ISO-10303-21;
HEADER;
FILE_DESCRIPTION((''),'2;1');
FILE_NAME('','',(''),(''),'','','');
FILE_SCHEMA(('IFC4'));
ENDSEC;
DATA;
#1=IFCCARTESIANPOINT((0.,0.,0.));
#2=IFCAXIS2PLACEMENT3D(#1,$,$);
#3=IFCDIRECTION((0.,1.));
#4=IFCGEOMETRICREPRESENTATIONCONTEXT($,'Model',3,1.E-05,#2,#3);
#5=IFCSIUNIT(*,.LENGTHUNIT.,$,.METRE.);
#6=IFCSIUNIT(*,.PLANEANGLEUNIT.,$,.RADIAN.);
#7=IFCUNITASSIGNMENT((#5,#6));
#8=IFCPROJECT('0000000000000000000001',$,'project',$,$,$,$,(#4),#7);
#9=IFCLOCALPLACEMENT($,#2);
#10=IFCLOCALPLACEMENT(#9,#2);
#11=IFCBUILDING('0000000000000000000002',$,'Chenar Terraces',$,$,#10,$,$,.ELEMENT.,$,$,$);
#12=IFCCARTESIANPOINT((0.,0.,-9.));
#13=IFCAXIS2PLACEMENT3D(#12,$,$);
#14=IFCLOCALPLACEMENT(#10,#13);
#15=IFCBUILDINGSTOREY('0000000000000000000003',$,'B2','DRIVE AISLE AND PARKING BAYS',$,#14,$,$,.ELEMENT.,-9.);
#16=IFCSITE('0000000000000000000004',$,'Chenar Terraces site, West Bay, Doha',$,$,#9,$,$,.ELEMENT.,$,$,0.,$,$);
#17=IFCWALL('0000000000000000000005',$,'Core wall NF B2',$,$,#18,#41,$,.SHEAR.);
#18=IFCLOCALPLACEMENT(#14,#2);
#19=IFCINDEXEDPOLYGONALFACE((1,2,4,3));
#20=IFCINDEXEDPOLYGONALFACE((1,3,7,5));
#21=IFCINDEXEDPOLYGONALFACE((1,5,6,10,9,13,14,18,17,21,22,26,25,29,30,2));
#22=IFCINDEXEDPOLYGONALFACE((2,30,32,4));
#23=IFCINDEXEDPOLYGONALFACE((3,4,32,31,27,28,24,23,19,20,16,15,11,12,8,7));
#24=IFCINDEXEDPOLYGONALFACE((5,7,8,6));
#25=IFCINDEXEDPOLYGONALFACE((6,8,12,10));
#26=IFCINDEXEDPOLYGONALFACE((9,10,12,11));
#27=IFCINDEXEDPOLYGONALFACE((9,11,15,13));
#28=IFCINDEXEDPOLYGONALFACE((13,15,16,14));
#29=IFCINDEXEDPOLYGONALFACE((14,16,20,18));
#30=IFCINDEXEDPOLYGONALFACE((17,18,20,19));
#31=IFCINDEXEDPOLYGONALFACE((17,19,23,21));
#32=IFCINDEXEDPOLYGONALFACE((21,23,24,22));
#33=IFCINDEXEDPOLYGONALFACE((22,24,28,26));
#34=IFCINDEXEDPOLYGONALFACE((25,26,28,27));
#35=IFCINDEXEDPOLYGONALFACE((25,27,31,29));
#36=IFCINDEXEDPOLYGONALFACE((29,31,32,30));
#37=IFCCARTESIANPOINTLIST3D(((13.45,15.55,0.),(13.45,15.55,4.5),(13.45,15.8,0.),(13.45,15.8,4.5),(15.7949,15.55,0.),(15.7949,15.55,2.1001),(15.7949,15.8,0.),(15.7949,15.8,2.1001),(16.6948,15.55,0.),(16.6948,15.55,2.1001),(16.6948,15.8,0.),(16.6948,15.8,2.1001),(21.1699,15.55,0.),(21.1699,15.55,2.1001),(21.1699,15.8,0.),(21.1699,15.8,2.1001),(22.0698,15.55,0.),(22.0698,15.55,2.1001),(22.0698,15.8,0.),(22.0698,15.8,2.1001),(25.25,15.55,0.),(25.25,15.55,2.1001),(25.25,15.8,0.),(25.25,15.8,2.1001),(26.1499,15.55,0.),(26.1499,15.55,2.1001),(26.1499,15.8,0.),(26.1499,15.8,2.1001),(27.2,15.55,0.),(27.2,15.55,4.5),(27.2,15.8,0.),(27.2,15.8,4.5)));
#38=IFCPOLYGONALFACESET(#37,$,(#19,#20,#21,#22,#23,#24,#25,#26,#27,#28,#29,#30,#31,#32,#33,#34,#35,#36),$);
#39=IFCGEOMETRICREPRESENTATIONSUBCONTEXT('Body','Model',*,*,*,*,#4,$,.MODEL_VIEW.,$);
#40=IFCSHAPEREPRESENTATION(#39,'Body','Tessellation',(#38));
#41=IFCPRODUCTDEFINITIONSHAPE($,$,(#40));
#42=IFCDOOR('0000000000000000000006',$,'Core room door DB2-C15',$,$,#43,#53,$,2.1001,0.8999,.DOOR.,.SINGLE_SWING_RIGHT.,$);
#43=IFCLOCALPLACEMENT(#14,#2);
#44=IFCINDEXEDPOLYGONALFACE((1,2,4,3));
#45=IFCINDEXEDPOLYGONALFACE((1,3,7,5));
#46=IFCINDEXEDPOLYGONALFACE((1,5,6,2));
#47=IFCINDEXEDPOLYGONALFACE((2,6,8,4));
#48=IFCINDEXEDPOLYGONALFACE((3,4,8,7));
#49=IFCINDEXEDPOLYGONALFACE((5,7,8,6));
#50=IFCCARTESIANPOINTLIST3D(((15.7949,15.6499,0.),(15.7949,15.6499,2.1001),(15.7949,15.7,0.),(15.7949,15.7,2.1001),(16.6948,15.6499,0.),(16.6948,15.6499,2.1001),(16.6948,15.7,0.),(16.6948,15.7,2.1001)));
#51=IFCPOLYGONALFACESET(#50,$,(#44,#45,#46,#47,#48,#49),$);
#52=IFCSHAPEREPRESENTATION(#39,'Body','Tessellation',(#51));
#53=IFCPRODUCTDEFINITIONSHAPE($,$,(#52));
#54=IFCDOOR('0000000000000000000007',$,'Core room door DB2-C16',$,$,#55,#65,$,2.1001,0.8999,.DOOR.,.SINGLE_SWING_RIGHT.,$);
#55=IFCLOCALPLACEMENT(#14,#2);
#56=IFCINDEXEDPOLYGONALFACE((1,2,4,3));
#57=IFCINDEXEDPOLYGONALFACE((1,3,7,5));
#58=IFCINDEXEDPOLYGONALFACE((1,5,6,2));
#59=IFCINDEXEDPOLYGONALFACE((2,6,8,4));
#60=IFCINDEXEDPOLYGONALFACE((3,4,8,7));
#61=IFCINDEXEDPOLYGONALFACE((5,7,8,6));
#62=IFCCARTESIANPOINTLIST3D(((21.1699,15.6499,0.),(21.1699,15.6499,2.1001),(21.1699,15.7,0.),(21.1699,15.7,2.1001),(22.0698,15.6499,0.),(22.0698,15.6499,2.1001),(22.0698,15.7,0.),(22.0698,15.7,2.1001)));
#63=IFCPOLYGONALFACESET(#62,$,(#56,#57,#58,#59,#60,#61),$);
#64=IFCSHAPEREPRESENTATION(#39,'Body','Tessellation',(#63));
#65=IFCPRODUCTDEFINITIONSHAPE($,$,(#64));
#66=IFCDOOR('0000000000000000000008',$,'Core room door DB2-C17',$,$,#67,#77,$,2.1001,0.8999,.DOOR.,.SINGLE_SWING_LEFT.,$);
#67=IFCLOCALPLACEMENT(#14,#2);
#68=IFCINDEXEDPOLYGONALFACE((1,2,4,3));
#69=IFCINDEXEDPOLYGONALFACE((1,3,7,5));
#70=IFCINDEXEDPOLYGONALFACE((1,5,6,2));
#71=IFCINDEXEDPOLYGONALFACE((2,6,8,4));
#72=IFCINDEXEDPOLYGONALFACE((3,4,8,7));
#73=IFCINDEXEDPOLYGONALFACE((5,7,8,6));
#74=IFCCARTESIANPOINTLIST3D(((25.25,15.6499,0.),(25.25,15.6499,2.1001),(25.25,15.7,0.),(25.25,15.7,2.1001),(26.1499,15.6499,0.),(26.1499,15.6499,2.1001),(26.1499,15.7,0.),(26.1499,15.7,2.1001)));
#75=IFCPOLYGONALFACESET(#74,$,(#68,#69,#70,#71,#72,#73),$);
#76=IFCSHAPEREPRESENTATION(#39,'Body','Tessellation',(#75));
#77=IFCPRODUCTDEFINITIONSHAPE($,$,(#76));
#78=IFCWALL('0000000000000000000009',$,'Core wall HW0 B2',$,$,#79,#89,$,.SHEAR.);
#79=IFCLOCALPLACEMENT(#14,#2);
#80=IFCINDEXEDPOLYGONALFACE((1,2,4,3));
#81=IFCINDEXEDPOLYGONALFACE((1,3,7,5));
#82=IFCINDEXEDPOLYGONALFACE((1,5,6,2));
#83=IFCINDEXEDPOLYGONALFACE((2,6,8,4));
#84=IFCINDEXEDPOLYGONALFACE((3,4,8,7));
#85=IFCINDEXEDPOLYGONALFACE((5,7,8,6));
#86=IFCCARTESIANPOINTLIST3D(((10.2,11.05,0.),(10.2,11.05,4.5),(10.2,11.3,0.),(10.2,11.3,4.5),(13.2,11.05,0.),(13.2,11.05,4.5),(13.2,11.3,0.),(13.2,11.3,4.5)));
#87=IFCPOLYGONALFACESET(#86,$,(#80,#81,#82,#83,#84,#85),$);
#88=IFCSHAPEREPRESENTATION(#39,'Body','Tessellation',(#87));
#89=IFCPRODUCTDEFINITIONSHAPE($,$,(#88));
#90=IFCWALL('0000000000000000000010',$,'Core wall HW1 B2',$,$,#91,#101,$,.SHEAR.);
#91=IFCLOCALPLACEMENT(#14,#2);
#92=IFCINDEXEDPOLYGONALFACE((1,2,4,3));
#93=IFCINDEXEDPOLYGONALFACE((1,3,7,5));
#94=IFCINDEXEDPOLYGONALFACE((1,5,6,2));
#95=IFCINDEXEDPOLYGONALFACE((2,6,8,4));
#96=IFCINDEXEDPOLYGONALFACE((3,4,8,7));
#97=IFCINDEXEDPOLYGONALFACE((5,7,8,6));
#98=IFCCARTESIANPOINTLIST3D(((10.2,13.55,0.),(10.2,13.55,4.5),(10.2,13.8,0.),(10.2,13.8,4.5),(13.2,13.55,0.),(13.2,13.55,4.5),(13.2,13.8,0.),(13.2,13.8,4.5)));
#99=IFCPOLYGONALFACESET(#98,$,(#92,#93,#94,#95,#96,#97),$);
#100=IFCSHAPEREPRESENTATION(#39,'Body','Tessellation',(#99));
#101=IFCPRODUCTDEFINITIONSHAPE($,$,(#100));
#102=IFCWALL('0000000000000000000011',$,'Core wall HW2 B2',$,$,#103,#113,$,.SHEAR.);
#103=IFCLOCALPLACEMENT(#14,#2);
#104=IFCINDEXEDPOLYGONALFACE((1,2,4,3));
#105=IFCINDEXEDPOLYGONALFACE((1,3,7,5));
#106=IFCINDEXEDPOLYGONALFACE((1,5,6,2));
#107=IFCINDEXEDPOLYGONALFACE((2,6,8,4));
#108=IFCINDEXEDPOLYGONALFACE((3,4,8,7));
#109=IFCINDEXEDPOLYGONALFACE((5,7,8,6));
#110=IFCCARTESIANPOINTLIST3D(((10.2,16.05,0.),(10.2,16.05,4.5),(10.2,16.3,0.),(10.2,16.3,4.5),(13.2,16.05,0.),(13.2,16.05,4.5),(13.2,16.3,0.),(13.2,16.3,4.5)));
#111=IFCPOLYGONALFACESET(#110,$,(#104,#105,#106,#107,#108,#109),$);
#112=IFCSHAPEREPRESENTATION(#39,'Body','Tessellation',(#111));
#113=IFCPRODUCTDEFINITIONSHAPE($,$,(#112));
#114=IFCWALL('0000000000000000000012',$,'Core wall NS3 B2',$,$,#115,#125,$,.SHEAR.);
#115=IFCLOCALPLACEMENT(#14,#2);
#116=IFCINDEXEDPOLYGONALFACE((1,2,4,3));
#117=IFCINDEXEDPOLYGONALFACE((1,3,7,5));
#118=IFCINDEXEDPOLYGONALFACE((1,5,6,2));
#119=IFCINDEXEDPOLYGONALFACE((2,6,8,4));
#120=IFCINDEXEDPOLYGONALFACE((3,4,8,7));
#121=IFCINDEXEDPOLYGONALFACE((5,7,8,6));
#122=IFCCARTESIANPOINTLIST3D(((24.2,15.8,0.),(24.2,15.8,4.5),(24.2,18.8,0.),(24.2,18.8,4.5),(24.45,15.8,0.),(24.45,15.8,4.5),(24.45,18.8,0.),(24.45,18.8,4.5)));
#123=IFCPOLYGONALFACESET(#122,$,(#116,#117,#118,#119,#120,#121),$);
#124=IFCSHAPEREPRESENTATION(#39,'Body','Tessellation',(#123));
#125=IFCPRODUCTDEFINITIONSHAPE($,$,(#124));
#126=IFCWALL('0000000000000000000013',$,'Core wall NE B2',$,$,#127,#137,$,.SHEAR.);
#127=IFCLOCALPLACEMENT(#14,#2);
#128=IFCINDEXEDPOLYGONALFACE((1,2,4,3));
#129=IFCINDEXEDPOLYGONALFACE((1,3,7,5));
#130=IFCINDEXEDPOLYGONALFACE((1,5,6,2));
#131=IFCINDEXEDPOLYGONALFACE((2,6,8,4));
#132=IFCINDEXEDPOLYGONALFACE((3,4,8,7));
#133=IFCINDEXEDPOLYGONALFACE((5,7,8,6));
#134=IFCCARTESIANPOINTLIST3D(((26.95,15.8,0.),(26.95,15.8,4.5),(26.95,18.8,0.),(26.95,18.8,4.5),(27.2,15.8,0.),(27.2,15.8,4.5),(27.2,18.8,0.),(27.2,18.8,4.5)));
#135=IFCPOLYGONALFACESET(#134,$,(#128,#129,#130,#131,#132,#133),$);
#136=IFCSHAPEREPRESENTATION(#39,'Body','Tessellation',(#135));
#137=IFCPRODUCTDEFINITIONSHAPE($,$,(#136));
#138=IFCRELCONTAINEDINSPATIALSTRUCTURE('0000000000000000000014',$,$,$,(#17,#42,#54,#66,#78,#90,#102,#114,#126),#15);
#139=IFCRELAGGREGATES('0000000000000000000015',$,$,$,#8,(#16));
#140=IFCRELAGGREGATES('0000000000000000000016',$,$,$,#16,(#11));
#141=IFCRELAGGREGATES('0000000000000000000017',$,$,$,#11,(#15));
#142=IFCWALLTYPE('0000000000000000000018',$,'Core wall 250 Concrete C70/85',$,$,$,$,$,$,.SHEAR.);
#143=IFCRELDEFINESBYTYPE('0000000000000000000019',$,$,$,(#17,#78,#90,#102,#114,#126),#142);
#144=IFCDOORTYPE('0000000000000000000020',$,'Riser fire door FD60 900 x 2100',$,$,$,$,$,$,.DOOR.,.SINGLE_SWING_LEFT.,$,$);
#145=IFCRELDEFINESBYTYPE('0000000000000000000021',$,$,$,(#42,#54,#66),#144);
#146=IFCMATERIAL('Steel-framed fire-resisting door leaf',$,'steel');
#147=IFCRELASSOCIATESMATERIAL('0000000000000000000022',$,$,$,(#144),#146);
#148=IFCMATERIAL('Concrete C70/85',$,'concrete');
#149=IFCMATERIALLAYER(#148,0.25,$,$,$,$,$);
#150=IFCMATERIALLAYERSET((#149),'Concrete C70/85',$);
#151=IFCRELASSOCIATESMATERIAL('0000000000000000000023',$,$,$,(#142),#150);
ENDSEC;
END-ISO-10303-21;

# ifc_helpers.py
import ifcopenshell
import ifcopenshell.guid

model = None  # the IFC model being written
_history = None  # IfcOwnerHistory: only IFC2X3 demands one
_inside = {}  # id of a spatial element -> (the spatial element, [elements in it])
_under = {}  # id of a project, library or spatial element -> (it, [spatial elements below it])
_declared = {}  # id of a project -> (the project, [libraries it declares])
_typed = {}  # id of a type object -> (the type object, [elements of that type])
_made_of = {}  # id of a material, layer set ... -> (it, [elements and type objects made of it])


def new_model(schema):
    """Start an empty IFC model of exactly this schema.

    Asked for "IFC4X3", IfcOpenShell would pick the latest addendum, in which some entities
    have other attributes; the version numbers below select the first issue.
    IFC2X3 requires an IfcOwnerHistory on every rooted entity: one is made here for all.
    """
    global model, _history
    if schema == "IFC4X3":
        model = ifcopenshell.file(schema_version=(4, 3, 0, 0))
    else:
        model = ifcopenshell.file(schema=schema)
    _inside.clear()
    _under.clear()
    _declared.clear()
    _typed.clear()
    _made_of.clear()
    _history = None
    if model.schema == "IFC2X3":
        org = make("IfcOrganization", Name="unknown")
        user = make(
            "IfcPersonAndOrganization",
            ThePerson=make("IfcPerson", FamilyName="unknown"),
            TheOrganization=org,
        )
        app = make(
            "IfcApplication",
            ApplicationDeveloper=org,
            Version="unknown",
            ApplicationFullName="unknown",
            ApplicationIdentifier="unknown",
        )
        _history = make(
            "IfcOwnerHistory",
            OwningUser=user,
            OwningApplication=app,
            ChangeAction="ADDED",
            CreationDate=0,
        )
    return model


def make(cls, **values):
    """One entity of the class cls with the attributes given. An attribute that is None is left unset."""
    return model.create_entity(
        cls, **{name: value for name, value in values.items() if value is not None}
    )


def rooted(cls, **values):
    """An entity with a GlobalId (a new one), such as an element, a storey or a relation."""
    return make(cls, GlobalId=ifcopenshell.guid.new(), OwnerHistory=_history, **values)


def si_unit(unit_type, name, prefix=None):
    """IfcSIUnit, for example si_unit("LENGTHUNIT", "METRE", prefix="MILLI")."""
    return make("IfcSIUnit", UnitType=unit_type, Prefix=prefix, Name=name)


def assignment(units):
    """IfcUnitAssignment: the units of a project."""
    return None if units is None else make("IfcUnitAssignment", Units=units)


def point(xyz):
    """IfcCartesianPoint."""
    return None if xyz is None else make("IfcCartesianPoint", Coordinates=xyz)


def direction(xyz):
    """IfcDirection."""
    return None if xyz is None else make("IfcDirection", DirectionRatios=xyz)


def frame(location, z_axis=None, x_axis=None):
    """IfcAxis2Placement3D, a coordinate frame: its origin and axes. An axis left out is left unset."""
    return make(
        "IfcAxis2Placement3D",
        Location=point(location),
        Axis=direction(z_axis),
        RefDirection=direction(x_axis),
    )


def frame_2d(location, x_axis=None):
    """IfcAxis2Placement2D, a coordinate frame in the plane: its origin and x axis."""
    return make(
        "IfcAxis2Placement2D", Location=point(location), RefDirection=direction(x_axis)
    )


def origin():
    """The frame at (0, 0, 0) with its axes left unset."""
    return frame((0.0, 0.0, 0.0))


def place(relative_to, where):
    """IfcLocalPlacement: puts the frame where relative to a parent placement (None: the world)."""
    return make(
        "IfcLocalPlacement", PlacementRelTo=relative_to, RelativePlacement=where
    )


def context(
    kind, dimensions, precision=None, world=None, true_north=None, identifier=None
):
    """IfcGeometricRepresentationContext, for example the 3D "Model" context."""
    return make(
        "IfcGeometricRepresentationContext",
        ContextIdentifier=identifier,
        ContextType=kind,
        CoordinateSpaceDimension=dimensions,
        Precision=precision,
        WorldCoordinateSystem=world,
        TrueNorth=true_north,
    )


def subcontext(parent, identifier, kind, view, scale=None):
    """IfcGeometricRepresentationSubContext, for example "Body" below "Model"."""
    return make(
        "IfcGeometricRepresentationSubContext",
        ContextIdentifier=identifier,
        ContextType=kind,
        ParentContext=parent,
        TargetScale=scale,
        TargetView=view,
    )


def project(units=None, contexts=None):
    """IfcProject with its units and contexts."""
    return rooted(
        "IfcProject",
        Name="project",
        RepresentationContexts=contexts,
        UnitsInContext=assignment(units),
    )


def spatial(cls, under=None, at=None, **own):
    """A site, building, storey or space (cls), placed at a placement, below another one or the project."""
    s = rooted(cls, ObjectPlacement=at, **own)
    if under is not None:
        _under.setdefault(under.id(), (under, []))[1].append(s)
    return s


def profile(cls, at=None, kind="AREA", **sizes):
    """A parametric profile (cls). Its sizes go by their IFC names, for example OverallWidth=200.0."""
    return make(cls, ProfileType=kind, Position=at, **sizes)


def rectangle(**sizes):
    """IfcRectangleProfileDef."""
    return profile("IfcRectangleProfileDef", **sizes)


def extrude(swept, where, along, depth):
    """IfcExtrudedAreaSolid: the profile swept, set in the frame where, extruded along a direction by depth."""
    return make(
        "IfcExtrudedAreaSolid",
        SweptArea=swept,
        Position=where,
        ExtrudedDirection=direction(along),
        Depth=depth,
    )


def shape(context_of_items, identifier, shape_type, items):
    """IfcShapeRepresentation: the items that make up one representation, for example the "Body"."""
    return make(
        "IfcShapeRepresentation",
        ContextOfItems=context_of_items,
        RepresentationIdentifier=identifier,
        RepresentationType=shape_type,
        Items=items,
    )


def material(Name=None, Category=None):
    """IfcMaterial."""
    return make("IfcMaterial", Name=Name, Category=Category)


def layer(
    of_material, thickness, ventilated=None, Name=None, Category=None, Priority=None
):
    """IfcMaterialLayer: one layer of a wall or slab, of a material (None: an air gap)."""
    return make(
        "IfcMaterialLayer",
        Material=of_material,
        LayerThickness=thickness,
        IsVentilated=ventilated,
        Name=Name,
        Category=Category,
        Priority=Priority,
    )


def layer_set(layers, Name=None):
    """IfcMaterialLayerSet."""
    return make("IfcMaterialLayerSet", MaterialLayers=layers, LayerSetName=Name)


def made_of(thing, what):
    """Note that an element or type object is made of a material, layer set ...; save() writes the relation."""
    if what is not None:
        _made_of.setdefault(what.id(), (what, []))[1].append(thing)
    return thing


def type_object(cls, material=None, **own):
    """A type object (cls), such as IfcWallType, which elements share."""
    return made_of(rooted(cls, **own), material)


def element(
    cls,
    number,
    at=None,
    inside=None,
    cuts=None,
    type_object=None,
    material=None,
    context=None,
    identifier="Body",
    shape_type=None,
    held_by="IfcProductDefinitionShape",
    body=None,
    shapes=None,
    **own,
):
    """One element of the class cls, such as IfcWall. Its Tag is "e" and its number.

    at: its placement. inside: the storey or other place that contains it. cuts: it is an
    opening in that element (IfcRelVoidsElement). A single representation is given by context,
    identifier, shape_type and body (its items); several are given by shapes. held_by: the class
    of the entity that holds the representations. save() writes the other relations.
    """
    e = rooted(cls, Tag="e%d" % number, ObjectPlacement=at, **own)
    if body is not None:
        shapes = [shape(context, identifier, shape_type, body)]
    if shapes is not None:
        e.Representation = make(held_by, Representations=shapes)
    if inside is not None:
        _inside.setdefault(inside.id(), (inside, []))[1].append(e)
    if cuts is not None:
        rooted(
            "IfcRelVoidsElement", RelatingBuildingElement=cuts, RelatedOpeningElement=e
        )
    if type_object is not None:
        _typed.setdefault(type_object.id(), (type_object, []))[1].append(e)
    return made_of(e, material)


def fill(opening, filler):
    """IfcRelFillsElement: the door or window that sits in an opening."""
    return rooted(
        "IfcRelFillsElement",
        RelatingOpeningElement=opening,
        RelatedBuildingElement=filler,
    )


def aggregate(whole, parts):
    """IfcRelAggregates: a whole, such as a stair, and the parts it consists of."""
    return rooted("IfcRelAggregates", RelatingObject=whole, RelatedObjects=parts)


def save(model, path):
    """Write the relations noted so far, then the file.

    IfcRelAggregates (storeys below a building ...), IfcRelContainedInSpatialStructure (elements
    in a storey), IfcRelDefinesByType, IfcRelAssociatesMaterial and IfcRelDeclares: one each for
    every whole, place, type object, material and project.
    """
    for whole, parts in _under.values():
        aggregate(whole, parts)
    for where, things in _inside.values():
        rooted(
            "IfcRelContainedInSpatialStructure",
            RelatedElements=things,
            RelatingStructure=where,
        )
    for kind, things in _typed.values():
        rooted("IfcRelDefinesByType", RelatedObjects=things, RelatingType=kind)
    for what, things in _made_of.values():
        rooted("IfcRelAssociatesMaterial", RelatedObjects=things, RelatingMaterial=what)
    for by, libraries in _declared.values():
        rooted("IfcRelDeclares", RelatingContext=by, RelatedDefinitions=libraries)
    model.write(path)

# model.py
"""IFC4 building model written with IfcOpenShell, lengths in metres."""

from ifc_helpers import new_model, si_unit, direction, frame, frame_2d, origin, place, context, subcontext, project, spatial, rectangle, extrude, material, layer, layer_set, type_object, element, fill, save


model = new_model("IFC4")

# Units and contexts
model_context = context("Model", 3, precision=1e-05, world=origin(), true_north=direction((0.0, 1.0)))
body_context = subcontext(model_context, "Body", "Model", "MODEL_VIEW")
ifc_project = project(units=[si_unit("LENGTHUNIT", "METRE"), si_unit("PLANEANGLEUNIT", "RADIAN")], contexts=[model_context])

# Site, building, storey
site_placement = place(None, origin())
site = spatial("IfcSite", under=ifc_project, at=site_placement, Name="Chenar Terraces site, West Bay, Doha", CompositionType="ELEMENT", RefElevation=0.0)
building_placement = place(site_placement, origin())
building = spatial("IfcBuilding", under=site, at=building_placement, Name="Chenar Terraces", CompositionType="ELEMENT")
storey_placement = place(building_placement, frame((0.0, 0.0, -9.0)))
storey = spatial("IfcBuildingStorey", under=building, at=storey_placement, Name="B2", Description="DRIVE AISLE AND PARKING BAYS", CompositionType="ELEMENT", Elevation=-9.0)

# Shared definitions
ifc_material_1 = material(Name="Steel-framed fire-resisting door leaf", Category="steel")
door_type_1 = type_object("IfcDoorType", Name="Riser fire door FD60 900 x 2100", OperationType="SINGLE_SWING_LEFT", PredefinedType="DOOR", material=ifc_material_1)

# Wall, openings, doors
ifc_material_2 = material(Name="Concrete C70/85", Category="concrete")
ifc_layer_1 = layer(ifc_material_2, 0.25)
ifc_layer_set_1 = layer_set([ifc_layer_1], Name="Concrete C70/85")
wall_type_1 = type_object("IfcWallType", Name="Core wall 250 Concrete C70/85", PredefinedType="SHEAR", material=ifc_layer_set_1)
wall_1_placement = place(storey_placement, frame((13.45, 15.675, 0.0), z_axis=(0.0, 0.0, 1.0), x_axis=(1.0, 0.0, 0.0)))
wall_1 = element("IfcWall", 1, at=wall_1_placement, inside=storey, type_object=wall_type_1, Name="Core wall NF B2", PredefinedType="SHEAR", context=body_context, shape_type="SweptSolid", body=[
    extrude(rectangle(XDim=13.75, YDim=0.25, at=frame_2d((6.875, 0.0))), origin(), (0.0, 0.0, 1.0), 4.5),
])
opening_1_placement = place(wall_1_placement, frame((2.345, 0.0, 0.0)))
opening_1 = element("IfcOpeningElement", 2, at=opening_1_placement, cuts=wall_1, PredefinedType="OPENING", context=body_context, shape_type="SweptSolid", body=[
    extrude(rectangle(XDim=0.8999, YDim=2.1001, at=frame_2d((0.45, 1.05))), frame((0.0, 0.135, 0.0), z_axis=(0.0, -1.0, 0.0), x_axis=(1.0, 0.0, 0.0)), (0.0, 0.0, 1.0), 0.27),
])
opening_2_placement = place(wall_1_placement, frame((7.72, 0.0, 0.0)))
opening_2 = element("IfcOpeningElement", 3, at=opening_2_placement, cuts=wall_1, PredefinedType="OPENING", context=body_context, shape_type="SweptSolid", body=[
    extrude(rectangle(XDim=0.8999, YDim=2.1001, at=frame_2d((0.45, 1.05))), frame((0.0, 0.135, 0.0), z_axis=(0.0, -1.0, 0.0), x_axis=(1.0, 0.0, 0.0)), (0.0, 0.0, 1.0), 0.27),
])
opening_3_placement = place(wall_1_placement, frame((11.8, 0.0, 0.0)))
opening_3 = element("IfcOpeningElement", 4, at=opening_3_placement, cuts=wall_1, PredefinedType="OPENING", context=body_context, shape_type="SweptSolid", body=[
    extrude(rectangle(XDim=0.8999, YDim=2.1001, at=frame_2d((0.45, 1.05))), frame((0.0, 0.135, 0.0), z_axis=(0.0, -1.0, 0.0), x_axis=(1.0, 0.0, 0.0)), (0.0, 0.0, 1.0), 0.27),
])
door_1_placement = place(opening_1_placement, origin())
door_1 = element("IfcDoor", 5, at=door_1_placement, inside=storey, type_object=door_type_1, Name="Core room door DB2-C15", OperationType="SINGLE_SWING_RIGHT", OverallHeight=2.1001, OverallWidth=0.8999, PredefinedType="DOOR", context=body_context, shape_type="SweptSolid", body=[
    extrude(rectangle(XDim=0.8999, YDim=2.1001, at=frame_2d((0.45, 1.05))), frame((0.0, 0.0249, 0.0), z_axis=(0.0, -1.0, 0.0), x_axis=(1.0, 0.0, 0.0)), (0.0, 0.0, 1.0), 0.05),
])
fill(opening_1, door_1)
door_2_placement = place(opening_2_placement, origin())
door_2 = element("IfcDoor", 6, at=door_2_placement, inside=storey, type_object=door_type_1, Name="Core room door DB2-C16", OperationType="SINGLE_SWING_RIGHT", OverallHeight=2.1001, OverallWidth=0.8999, PredefinedType="DOOR", context=body_context, shape_type="SweptSolid", body=[
    extrude(rectangle(XDim=0.8999, YDim=2.1001, at=frame_2d((0.45, 1.05))), frame((0.0, 0.0249, 0.0), z_axis=(0.0, -1.0, 0.0), x_axis=(1.0, 0.0, 0.0)), (0.0, 0.0, 1.0), 0.05),
])
fill(opening_2, door_2)
door_3_placement = place(opening_3_placement, origin())
door_3 = element("IfcDoor", 7, at=door_3_placement, inside=storey, type_object=door_type_1, Name="Core room door DB2-C17", OperationType="SINGLE_SWING_LEFT", OverallHeight=2.1001, OverallWidth=0.8999, PredefinedType="DOOR", context=body_context, shape_type="SweptSolid", body=[
    extrude(rectangle(XDim=0.8999, YDim=2.1001, at=frame_2d((0.45, 1.05))), frame((0.0, 0.0249, 0.0), z_axis=(0.0, -1.0, 0.0), x_axis=(1.0, 0.0, 0.0)), (0.0, 0.0, 1.0), 0.05),
])
fill(opening_3, door_3)

# Walls
for number, where, z_axis, x_axis, name in (
    (8, (10.2, 11.175, 0.0), (0.0, 0.0, 1.0), (1.0, 0.0, 0.0), "Core wall HW0 B2"),
    (9, (10.2, 13.675, 0.0), (0.0, 0.0, 1.0), (1.0, 0.0, 0.0), "Core wall HW1 B2"),
    (10, (10.2, 16.175, 0.0), (0.0, 0.0, 1.0), (1.0, 0.0, 0.0), "Core wall HW2 B2"),
    (11, (24.325, 15.8, 0.0), (0.0, 0.0, 1.0), (0.0, 1.0, 0.0), "Core wall NS3 B2"),
    (12, (27.075, 15.8, 0.0), (0.0, 0.0, 1.0), (0.0, 1.0, 0.0), "Core wall NE B2"),
):
    element("IfcWall", number, at=place(storey_placement, frame(where, z_axis=z_axis, x_axis=x_axis)), inside=storey, type_object=wall_type_1, Name=name, PredefinedType="SHEAR", context=body_context, shape_type="SweptSolid", body=[
        extrude(rectangle(XDim=3.0, YDim=0.25, at=frame_2d((1.5, 0.0))), origin(), (0.0, 0.0, 1.0), 4.5),
    ])

save(model, "model.ifc")
